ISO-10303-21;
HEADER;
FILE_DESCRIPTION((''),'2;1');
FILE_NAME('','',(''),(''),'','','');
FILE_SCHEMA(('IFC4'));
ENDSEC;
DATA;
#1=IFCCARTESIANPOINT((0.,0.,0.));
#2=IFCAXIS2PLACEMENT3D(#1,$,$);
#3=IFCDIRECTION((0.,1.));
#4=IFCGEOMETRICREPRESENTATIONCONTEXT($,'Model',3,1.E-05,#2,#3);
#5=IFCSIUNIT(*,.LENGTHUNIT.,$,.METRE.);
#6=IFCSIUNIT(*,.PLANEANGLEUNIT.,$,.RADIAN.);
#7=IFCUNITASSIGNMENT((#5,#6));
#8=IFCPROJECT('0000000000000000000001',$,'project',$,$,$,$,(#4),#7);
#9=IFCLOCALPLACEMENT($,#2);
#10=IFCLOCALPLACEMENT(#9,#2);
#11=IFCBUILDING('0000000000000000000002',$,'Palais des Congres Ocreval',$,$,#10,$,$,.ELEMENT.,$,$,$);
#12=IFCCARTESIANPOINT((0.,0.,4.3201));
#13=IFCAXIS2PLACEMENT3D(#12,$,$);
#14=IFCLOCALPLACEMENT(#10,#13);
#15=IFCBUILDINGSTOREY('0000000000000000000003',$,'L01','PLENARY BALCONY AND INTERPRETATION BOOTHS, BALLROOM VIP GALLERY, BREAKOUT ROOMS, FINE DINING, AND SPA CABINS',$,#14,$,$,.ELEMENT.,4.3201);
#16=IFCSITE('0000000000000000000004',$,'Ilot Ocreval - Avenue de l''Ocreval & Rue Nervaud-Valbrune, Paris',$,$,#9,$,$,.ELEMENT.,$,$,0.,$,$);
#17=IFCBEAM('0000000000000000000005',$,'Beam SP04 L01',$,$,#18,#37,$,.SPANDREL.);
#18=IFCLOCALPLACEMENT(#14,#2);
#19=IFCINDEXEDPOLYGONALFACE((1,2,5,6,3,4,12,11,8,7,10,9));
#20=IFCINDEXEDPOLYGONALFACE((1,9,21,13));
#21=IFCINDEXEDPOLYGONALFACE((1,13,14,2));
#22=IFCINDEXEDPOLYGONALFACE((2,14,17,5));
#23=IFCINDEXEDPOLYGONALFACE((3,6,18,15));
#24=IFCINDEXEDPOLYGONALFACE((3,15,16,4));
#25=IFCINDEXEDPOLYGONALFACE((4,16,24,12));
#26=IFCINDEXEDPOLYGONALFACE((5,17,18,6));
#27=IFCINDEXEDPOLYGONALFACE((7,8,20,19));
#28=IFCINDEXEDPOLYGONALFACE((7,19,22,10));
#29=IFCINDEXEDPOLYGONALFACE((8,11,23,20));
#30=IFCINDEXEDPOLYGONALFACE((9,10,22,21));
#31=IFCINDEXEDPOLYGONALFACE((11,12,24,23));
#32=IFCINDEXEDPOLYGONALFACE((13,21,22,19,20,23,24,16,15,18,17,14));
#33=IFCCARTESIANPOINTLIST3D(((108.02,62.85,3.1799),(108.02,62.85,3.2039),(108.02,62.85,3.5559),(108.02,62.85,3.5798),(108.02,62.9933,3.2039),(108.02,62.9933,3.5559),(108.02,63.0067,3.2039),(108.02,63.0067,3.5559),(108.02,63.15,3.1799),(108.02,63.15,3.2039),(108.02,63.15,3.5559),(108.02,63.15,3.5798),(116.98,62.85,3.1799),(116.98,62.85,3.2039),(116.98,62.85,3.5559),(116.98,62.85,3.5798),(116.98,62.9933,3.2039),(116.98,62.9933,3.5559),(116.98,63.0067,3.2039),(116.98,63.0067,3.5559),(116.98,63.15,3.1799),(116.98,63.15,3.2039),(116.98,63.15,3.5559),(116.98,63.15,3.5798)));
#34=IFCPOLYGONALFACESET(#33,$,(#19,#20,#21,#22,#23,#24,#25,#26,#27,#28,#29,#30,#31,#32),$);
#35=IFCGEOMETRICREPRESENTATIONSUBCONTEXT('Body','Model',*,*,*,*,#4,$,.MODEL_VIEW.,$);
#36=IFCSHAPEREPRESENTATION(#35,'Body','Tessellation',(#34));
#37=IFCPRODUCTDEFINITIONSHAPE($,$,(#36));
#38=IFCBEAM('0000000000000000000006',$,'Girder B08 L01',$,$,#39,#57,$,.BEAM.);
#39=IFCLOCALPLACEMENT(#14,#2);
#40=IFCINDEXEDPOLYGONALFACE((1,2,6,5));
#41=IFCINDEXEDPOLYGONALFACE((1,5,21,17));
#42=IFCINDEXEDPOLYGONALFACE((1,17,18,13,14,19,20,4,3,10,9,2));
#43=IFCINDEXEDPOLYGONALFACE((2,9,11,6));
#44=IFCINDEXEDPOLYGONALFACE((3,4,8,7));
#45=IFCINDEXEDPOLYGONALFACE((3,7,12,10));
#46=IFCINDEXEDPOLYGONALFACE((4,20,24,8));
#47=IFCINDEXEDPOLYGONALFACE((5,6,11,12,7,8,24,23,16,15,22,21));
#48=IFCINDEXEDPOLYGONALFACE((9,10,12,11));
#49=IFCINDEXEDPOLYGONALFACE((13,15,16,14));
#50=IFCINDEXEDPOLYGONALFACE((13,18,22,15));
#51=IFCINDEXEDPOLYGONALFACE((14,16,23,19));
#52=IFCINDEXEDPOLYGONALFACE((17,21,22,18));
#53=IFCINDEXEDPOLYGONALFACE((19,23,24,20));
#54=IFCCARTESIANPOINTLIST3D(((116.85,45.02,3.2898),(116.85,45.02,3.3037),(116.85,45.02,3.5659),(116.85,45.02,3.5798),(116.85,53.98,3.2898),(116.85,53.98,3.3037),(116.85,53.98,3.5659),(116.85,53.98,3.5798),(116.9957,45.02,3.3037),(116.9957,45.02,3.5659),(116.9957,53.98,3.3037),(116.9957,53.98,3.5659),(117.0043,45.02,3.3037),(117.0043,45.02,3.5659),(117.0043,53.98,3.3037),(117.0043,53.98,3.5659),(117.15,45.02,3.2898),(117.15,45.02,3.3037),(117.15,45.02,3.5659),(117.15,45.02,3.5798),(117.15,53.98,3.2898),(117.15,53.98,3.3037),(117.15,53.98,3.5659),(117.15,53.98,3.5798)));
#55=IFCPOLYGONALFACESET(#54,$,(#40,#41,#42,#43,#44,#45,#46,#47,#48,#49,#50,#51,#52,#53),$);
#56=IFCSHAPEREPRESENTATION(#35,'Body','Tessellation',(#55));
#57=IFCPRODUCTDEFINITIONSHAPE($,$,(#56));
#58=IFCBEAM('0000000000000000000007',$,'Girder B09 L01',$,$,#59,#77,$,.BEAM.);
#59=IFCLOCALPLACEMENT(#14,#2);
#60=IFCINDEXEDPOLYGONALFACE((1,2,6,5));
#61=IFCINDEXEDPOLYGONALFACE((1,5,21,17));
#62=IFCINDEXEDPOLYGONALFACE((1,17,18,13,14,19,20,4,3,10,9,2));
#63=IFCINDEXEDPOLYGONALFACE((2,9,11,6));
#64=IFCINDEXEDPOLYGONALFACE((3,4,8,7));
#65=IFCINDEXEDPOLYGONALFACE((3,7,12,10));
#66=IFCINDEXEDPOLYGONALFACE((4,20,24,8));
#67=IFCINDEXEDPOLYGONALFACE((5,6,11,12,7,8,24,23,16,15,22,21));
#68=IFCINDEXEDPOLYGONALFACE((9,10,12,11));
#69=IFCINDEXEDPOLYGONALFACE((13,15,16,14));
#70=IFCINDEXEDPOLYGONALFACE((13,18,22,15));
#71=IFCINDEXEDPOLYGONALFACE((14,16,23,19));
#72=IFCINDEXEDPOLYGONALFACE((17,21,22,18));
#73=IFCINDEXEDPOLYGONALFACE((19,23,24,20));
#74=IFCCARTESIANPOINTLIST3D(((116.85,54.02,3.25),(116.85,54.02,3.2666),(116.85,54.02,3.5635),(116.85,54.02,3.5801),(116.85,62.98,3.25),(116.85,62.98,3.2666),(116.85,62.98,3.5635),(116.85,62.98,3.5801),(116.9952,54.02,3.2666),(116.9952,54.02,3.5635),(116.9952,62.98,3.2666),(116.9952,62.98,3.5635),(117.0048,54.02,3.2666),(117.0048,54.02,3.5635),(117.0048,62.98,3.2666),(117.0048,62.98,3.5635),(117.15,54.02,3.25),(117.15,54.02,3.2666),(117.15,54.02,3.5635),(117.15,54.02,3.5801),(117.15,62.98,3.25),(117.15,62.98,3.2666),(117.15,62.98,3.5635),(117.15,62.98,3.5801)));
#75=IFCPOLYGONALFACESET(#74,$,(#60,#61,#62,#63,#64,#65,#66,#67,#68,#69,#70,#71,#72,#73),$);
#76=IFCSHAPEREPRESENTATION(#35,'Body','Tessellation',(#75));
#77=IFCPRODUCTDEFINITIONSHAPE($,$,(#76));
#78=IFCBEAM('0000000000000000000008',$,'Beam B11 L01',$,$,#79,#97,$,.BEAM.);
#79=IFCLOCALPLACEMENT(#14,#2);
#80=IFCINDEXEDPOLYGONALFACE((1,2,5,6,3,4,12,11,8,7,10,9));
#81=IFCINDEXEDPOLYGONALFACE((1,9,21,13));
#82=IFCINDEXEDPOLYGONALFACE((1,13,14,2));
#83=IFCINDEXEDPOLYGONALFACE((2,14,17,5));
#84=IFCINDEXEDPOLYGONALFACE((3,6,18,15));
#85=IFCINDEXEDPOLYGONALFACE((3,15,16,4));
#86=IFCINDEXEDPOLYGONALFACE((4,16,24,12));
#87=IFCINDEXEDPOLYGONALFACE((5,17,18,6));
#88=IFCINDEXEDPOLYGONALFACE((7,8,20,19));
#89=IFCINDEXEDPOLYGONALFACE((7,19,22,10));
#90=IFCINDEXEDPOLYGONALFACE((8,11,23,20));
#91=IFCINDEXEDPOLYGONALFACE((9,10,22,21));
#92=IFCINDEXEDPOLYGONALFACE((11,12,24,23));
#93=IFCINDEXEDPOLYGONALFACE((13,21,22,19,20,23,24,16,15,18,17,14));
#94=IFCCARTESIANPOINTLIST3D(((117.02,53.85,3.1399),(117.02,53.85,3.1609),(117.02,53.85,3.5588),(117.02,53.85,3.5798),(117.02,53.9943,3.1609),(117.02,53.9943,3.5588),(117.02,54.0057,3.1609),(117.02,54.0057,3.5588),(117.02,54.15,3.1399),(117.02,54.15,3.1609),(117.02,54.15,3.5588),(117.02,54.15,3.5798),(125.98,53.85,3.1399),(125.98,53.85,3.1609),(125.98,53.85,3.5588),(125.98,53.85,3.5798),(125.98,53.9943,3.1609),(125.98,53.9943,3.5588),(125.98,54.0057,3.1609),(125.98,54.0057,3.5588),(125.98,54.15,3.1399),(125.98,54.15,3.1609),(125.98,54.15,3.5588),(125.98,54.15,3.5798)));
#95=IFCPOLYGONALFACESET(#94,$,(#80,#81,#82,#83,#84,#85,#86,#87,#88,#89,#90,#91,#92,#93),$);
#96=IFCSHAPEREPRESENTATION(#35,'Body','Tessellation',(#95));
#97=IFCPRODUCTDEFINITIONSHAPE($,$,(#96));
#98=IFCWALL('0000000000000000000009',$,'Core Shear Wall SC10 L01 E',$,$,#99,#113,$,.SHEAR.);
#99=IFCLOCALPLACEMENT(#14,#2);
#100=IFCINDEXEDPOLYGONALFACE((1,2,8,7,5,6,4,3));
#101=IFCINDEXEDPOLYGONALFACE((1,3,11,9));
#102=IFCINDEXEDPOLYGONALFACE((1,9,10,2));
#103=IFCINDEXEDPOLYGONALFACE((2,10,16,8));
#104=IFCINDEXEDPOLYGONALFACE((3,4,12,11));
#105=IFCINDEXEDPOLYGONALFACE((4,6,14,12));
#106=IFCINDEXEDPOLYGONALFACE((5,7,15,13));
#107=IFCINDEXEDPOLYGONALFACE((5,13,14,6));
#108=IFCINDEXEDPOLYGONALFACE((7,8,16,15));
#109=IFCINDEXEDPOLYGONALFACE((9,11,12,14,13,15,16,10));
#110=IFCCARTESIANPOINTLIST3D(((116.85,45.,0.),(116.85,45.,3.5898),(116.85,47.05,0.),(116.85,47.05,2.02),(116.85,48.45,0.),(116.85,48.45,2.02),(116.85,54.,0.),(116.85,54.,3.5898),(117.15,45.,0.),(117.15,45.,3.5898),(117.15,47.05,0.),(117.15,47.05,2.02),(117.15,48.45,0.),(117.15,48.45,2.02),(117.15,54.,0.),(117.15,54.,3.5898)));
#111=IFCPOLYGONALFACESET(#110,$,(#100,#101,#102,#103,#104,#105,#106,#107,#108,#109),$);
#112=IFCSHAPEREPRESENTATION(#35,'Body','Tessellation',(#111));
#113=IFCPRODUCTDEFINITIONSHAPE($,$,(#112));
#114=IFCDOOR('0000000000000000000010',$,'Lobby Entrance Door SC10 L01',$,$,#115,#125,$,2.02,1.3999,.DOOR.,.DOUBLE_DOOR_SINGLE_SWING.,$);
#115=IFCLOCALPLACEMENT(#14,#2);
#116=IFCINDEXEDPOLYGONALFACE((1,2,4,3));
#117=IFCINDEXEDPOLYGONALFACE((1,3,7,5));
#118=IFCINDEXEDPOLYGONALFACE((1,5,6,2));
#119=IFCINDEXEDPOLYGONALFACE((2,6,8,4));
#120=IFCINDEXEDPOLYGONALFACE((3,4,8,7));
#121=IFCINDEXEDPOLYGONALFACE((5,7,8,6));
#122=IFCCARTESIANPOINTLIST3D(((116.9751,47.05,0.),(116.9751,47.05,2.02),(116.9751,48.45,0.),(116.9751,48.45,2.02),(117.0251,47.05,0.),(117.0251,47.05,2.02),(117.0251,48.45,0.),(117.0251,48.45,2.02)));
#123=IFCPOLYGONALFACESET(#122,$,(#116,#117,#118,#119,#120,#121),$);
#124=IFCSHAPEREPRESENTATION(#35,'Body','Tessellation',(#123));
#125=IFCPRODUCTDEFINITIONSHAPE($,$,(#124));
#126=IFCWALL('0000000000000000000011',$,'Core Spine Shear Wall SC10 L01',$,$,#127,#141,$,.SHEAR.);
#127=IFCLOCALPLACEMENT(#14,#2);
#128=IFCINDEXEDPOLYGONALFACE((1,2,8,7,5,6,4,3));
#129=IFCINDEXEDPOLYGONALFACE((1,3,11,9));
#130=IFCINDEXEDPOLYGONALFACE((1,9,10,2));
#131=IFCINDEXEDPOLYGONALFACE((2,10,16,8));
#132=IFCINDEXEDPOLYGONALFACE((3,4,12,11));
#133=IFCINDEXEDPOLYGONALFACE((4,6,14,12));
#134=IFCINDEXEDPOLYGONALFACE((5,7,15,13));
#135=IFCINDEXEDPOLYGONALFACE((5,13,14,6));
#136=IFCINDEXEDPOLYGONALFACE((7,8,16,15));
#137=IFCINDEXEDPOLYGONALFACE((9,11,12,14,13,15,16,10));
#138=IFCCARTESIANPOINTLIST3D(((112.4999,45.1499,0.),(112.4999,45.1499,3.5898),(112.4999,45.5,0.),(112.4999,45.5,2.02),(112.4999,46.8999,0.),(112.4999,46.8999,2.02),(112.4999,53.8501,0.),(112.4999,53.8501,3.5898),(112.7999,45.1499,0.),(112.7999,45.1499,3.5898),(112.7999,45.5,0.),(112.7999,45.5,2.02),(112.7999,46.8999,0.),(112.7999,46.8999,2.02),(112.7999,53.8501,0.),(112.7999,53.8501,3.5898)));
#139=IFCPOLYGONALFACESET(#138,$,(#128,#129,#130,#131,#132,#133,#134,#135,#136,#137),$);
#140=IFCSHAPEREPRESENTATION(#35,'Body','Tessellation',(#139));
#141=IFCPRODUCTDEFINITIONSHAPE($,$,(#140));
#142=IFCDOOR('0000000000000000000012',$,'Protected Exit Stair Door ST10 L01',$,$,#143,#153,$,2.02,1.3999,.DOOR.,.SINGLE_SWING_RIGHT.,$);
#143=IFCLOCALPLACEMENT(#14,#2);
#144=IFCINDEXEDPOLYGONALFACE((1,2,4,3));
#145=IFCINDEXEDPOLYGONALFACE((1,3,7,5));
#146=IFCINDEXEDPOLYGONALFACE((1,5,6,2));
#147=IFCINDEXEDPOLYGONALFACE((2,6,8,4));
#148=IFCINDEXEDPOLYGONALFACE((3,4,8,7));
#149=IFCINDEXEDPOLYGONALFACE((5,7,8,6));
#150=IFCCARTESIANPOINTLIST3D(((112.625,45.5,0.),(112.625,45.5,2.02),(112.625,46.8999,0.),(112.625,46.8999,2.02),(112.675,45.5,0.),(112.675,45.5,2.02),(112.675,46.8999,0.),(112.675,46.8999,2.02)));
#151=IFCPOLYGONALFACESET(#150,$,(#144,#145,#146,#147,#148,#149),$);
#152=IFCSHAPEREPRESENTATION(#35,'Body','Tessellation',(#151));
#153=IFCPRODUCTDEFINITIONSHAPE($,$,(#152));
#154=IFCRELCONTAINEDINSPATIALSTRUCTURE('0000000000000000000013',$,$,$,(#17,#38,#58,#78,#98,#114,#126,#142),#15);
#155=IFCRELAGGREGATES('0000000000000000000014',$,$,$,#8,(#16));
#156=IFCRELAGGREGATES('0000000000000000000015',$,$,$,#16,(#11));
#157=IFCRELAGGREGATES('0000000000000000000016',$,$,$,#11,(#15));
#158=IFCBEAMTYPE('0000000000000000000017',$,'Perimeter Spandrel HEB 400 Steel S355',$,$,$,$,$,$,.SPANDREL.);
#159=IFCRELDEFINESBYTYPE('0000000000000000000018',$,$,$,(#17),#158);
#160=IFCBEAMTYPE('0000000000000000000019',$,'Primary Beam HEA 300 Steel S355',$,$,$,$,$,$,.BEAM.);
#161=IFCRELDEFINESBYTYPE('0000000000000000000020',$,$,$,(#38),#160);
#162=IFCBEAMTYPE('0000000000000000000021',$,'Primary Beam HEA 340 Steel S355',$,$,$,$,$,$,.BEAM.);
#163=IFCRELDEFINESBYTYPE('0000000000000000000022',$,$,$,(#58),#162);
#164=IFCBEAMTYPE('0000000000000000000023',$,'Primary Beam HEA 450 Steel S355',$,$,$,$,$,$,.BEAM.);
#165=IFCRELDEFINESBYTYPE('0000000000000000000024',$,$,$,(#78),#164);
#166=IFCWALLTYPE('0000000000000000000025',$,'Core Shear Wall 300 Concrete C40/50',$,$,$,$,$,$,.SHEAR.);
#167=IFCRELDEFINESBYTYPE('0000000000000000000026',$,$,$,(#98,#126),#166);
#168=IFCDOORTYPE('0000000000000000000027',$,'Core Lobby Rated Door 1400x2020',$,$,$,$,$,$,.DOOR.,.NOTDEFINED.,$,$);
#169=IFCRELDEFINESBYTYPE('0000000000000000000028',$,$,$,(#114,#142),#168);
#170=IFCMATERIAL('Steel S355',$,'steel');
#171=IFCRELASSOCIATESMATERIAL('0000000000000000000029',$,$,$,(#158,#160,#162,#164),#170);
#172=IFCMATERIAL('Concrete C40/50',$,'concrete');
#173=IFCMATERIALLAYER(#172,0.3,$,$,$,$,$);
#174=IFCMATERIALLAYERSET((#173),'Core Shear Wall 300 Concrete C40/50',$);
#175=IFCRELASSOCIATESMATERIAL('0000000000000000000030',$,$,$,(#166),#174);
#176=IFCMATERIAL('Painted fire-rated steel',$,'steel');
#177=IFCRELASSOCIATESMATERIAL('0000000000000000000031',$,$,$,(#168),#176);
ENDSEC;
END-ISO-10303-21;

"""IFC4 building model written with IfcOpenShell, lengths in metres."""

from ifc_helpers import new_model, si_unit, direction, frame, frame_2d, origin, origin_2d, place, context, subcontext, project, spatial, rectangle, i_section, extrude, material, layer, layer_set, material_profile, profile_set, type_object, element, fill, save


model = new_model("IFC4")

# Units and contexts
model_context = context("Model", 3, precision=1e-05, world=origin(), true_north=direction((0.0, 1.0)))
body_context = subcontext(model_context, "Body", "Model", "MODEL_VIEW")
ifc_project = project(units=[si_unit("LENGTHUNIT", "METRE"), si_unit("PLANEANGLEUNIT", "RADIAN")], contexts=[model_context])

# Site, building, storey
site_placement = place(None, origin())
site = spatial("IfcSite", under=ifc_project, at=site_placement, Name="Ilot Ocreval - Avenue de l'Ocreval & Rue Nervaud-Valbrune, Paris", CompositionType="ELEMENT", RefElevation=0.0)
building_placement = place(site_placement, origin())
building = spatial("IfcBuilding", under=site, at=building_placement, Name="Palais des Congres Ocreval", CompositionType="ELEMENT")
storey_placement = place(building_placement, frame((0.0, 0.0, 4.3201)))
storey = spatial("IfcBuildingStorey", under=building, at=storey_placement, Name="L01", Description="PLENARY BALCONY AND INTERPRETATION BOOTHS, BALLROOM VIP GALLERY, BREAKOUT ROOMS, FINE DINING, AND SPA CABINS", CompositionType="ELEMENT", Elevation=4.3201)

# Shared definitions
ifc_material_1 = material(Name="Steel S355", Category="steel")

# Beams
ifc_material_profile_1 = material_profile(ifc_material_1, i_section(OverallWidth=0.3, OverallDepth=0.3999, WebThickness=0.0134, FlangeThickness=0.0239, at=origin_2d()), Name="HEB 400")
ifc_profile_set_1 = profile_set([ifc_material_profile_1], Name="Steel S355")
beam_type_1 = type_object("IfcBeamType", Name="Perimeter Spandrel HEB 400 Steel S355", PredefinedType="SPANDREL", material=ifc_profile_set_1)
beam_1_placement = place(storey_placement, frame((108.02, 63.0, 3.3799), z_axis=(1.0, 0.0, 0.0), x_axis=(0.0, 1.0, 0.0)))
element("IfcBeam", 1, at=beam_1_placement, inside=storey, type_object=beam_type_1, Name="Beam SP04 L01", PredefinedType="SPANDREL", context=body_context, shape_type="SweptSolid", body=[
    extrude(i_section(OverallWidth=0.3, OverallDepth=0.3999, WebThickness=0.0134, FlangeThickness=0.0239, at=origin_2d()), origin(), (0.0, 0.0, 1.0), 8.96),
])
ifc_material_profile_2 = material_profile(ifc_material_1, i_section(OverallWidth=0.3, OverallDepth=0.29, WebThickness=0.0085, FlangeThickness=0.0139, at=origin_2d()), Name="HEA 300")
ifc_profile_set_2 = profile_set([ifc_material_profile_2], Name="Steel S355")
beam_type_2 = type_object("IfcBeamType", Name="Primary Beam HEA 300 Steel S355", PredefinedType="BEAM", material=ifc_profile_set_2)
beam_2_placement = place(storey_placement, frame((117.0, 45.02, 3.4348), z_axis=(0.0, 1.0, 0.0), x_axis=(-1.0, 0.0, 0.0)))
element("IfcBeam", 2, at=beam_2_placement, inside=storey, type_object=beam_type_2, Name="Girder B08 L01", PredefinedType="BEAM", context=body_context, shape_type="SweptSolid", body=[
    extrude(i_section(OverallWidth=0.3, OverallDepth=0.29, WebThickness=0.0085, FlangeThickness=0.0139, at=origin_2d()), origin(), (0.0, 0.0, 1.0), 8.96),
])
ifc_material_profile_3 = material_profile(ifc_material_1, i_section(OverallWidth=0.3, OverallDepth=0.3301, WebThickness=0.0095, FlangeThickness=0.0166, at=origin_2d()), Name="HEA 340")
ifc_profile_set_3 = profile_set([ifc_material_profile_3], Name="Steel S355")
beam_type_3 = type_object("IfcBeamType", Name="Primary Beam HEA 340 Steel S355", PredefinedType="BEAM", material=ifc_profile_set_3)
beam_3_placement = place(storey_placement, frame((117.0, 54.02, 3.415), z_axis=(0.0, 1.0, 0.0), x_axis=(-1.0, 0.0, 0.0)))
element("IfcBeam", 3, at=beam_3_placement, inside=storey, type_object=beam_type_3, Name="Girder B09 L01", PredefinedType="BEAM", context=body_context, shape_type="SweptSolid", body=[
    extrude(i_section(OverallWidth=0.3, OverallDepth=0.3301, WebThickness=0.0095, FlangeThickness=0.0166, at=origin_2d()), origin(), (0.0, 0.0, 1.0), 8.96),
])
ifc_material_profile_4 = material_profile(ifc_material_1, i_section(OverallWidth=0.3, OverallDepth=0.4399, WebThickness=0.0115, FlangeThickness=0.021, at=origin_2d()), Name="HEA 450")
ifc_profile_set_4 = profile_set([ifc_material_profile_4], Name="Steel S355")
beam_type_4 = type_object("IfcBeamType", Name="Primary Beam HEA 450 Steel S355", PredefinedType="BEAM", material=ifc_profile_set_4)
beam_4_placement = place(storey_placement, frame((117.02, 54.0, 3.3599), z_axis=(1.0, 0.0, 0.0), x_axis=(0.0, 1.0, 0.0)))
element("IfcBeam", 4, at=beam_4_placement, inside=storey, type_object=beam_type_4, Name="Beam B11 L01", PredefinedType="BEAM", context=body_context, shape_type="SweptSolid", body=[
    extrude(i_section(OverallWidth=0.3, OverallDepth=0.4399, WebThickness=0.0115, FlangeThickness=0.021, at=origin_2d()), origin(), (0.0, 0.0, 1.0), 8.96),
])

# Walls, openings, doors
ifc_material_2 = material(Name="Concrete C40/50", Category="concrete")
ifc_layer_1 = layer(ifc_material_2, 0.3)
ifc_layer_set_1 = layer_set([ifc_layer_1], Name="Core Shear Wall 300 Concrete C40/50")
wall_type_1 = type_object("IfcWallType", Name="Core Shear Wall 300 Concrete C40/50", PredefinedType="SHEAR", material=ifc_layer_set_1)
wall_1_placement = place(storey_placement, frame((117.0, 45.0, 0.0), z_axis=(0.0, 0.0, 1.0), x_axis=(0.0, 1.0, 0.0)))
wall_1 = element("IfcWall", 5, at=wall_1_placement, inside=storey, type_object=wall_type_1, Name="Core Shear Wall SC10 L01 E", PredefinedType="SHEAR", context=body_context, shape_type="SweptSolid", body=[
    extrude(rectangle(XDim=9.0, YDim=0.3, at=frame_2d((4.5, 0.0))), origin(), (0.0, 0.0, 1.0), 3.5898),
])
opening_1_placement = place(wall_1_placement, frame((2.05, 0.0, 0.0)))
opening_1 = element("IfcOpeningElement", 6, at=opening_1_placement, cuts=wall_1, PredefinedType="OPENING", context=body_context, shape_type="SweptSolid", body=[
    extrude(rectangle(XDim=1.3999, YDim=2.02, at=frame_2d((0.7, 1.01))), frame((0.0, 0.1599, 0.0), z_axis=(0.0, -1.0, 0.0), x_axis=(1.0, 0.0, 0.0)), (0.0, 0.0, 1.0), 0.3201),
])
ifc_material_3 = material(Name="Painted fire-rated steel", Category="steel")
door_type_1 = type_object("IfcDoorType", Name="Core Lobby Rated Door 1400x2020", OperationType="NOTDEFINED", PredefinedType="DOOR", material=ifc_material_3)
door_1_placement = place(opening_1_placement, origin())
door_1 = element("IfcDoor", 7, at=door_1_placement, inside=storey, type_object=door_type_1, Name="Lobby Entrance Door SC10 L01", OperationType="DOUBLE_DOOR_SINGLE_SWING", OverallHeight=2.02, OverallWidth=1.3999, PredefinedType="DOOR", context=body_context, shape_type="SweptSolid", body=[
    extrude(rectangle(XDim=1.3999, YDim=2.02, at=frame_2d((0.7, 1.01))), frame((0.0, 0.0249, 0.0), z_axis=(0.0, -1.0, 0.0), x_axis=(1.0, 0.0, 0.0)), (0.0, 0.0, 1.0), 0.05),
])
fill(opening_1, door_1)
wall_2_placement = place(storey_placement, frame((112.6499, 45.1499, 0.0), z_axis=(0.0, 0.0, 1.0), x_axis=(0.0, 1.0, 0.0)))
wall_2 = element("IfcWall", 8, at=wall_2_placement, inside=storey, type_object=wall_type_1, Name="Core Spine Shear Wall SC10 L01", PredefinedType="SHEAR", context=body_context, shape_type="SweptSolid", body=[
    extrude(rectangle(XDim=8.7002, YDim=0.3, at=frame_2d((4.3501, 0.0))), origin(), (0.0, 0.0, 1.0), 3.5898),
])
opening_2_placement = place(wall_2_placement, frame((0.3501, 0.0, 0.0)))
opening_2 = element("IfcOpeningElement", 9, at=opening_2_placement, cuts=wall_2, PredefinedType="OPENING", context=body_context, shape_type="SweptSolid", body=[
    extrude(rectangle(XDim=1.3999, YDim=2.02, at=frame_2d((0.7, 1.01))), frame((0.0, 0.1599, 0.0), z_axis=(0.0, -1.0, 0.0), x_axis=(1.0, 0.0, 0.0)), (0.0, 0.0, 1.0), 0.3201),
])
door_2_placement = place(opening_2_placement, origin())
door_2 = element("IfcDoor", 10, at=door_2_placement, inside=storey, type_object=door_type_1, Name="Protected Exit Stair Door ST10 L01", OperationType="SINGLE_SWING_RIGHT", OverallHeight=2.02, OverallWidth=1.3999, PredefinedType="DOOR", context=body_context, shape_type="SweptSolid", body=[
    extrude(rectangle(XDim=1.3999, YDim=2.02, at=frame_2d((0.7, 1.01))), frame((0.0, 0.0249, 0.0), z_axis=(0.0, -1.0, 0.0), x_axis=(1.0, 0.0, 0.0)), (0.0, 0.0, 1.0), 0.05),
])
fill(opening_2, door_2)

save(model, "model.ifc")
